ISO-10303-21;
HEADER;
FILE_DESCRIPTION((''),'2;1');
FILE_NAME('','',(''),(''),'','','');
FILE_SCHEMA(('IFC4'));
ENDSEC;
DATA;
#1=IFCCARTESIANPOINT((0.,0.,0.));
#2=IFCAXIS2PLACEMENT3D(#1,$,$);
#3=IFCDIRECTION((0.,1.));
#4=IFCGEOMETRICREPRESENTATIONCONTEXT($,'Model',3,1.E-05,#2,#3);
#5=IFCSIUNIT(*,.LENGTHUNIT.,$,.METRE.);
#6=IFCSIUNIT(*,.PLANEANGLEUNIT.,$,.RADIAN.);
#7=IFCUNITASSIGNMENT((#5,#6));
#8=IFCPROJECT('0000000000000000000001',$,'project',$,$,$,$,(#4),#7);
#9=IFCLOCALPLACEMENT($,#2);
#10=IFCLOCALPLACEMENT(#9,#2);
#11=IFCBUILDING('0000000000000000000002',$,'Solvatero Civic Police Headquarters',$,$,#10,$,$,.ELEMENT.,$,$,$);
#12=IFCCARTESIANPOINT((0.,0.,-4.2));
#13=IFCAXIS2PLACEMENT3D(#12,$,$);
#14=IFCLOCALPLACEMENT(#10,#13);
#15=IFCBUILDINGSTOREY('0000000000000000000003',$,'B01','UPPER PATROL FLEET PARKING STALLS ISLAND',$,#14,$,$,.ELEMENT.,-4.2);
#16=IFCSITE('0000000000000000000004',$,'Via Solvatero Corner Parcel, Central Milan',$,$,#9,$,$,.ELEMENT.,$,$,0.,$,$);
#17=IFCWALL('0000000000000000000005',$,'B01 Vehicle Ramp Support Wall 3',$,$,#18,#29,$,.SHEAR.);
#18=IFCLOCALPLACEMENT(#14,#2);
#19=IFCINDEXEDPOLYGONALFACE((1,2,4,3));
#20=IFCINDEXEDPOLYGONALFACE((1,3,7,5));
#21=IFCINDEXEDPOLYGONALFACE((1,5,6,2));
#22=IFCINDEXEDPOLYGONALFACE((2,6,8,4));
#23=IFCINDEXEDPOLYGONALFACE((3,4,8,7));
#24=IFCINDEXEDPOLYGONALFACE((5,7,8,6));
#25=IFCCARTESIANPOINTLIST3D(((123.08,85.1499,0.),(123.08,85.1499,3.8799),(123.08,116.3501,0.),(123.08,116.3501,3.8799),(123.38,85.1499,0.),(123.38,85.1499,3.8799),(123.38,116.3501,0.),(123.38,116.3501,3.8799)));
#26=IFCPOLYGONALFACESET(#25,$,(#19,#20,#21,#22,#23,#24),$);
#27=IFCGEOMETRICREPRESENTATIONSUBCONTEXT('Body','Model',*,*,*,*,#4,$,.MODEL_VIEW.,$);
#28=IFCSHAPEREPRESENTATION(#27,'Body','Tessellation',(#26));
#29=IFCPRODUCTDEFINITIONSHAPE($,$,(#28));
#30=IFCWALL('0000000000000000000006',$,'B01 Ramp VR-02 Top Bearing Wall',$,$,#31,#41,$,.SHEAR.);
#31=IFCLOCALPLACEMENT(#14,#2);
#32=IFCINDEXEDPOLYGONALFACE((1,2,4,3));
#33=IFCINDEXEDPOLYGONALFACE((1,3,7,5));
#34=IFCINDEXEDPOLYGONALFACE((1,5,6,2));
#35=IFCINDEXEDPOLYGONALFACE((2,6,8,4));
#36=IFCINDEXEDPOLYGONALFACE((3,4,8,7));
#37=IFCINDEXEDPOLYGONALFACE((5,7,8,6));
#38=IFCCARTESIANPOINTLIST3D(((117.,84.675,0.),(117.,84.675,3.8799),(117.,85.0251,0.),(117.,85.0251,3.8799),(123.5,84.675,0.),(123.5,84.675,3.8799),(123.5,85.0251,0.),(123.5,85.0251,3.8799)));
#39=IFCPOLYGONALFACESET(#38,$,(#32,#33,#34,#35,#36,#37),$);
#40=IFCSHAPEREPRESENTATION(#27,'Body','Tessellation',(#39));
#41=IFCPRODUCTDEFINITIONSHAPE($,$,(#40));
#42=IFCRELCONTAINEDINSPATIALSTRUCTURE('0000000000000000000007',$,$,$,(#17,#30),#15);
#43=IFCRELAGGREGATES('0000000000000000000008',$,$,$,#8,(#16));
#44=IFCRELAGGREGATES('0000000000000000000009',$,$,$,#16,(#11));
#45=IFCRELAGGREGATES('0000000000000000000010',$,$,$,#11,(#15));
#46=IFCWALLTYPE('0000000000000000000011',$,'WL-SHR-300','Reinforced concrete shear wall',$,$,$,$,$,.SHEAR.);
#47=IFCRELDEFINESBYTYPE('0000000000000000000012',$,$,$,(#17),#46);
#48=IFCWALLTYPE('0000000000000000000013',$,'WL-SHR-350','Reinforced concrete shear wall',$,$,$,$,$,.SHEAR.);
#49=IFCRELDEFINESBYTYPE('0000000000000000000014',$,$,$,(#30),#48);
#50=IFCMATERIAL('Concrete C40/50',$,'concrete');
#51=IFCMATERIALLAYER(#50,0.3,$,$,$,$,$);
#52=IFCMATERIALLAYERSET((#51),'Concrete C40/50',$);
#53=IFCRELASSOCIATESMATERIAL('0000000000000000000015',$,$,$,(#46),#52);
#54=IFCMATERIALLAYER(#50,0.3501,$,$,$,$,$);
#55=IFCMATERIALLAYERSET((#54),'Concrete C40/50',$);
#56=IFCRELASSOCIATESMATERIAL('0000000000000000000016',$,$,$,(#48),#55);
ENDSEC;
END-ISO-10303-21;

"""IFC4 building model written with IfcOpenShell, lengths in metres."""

from ifc_helpers import new_model, si_unit, direction, frame, frame_2d, origin, place, context, subcontext, project, spatial, rectangle, extrude, material, layer, layer_set, type_object, element, save


model = new_model("IFC4")

# Units and contexts
model_context = context("Model", 3, precision=1e-05, world=origin(), true_north=direction((0.0, 1.0)))
body_context = subcontext(model_context, "Body", "Model", "MODEL_VIEW")
ifc_project = project(units=[si_unit("LENGTHUNIT", "METRE"), si_unit("PLANEANGLEUNIT", "RADIAN")], contexts=[model_context])

# Site, building, storey
site_placement = place(None, origin())
site = spatial("IfcSite", under=ifc_project, at=site_placement, Name="Via Solvatero Corner Parcel, Central Milan", CompositionType="ELEMENT", RefElevation=0.0)
building_placement = place(site_placement, origin())
building = spatial("IfcBuilding", under=site, at=building_placement, Name="Solvatero Civic Police Headquarters", CompositionType="ELEMENT")
storey_placement = place(building_placement, frame((0.0, 0.0, -4.2)))
storey = spatial("IfcBuildingStorey", under=building, at=storey_placement, Name="B01", Description="UPPER PATROL FLEET PARKING STALLS ISLAND", CompositionType="ELEMENT", Elevation=-4.2)

# Shared definitions
ifc_material_1 = material(Name="Concrete C40/50", Category="concrete")

# Walls
ifc_layer_1 = layer(ifc_material_1, 0.3)
ifc_layer_set_1 = layer_set([ifc_layer_1], Name="Concrete C40/50")
wall_type_1 = type_object("IfcWallType", Name="WL-SHR-300", Description="Reinforced concrete shear wall", PredefinedType="SHEAR", material=ifc_layer_set_1)
for number, where, z_axis, x_axis, name in (
    (1, (123.23, 85.1499, 0.0), (0.0, 0.0, 1.0), (0.0, 1.0, 0.0), "B01 Vehicle Ramp Support Wall 3"),
):
    element("IfcWall", number, at=place(storey_placement, frame(where, z_axis=z_axis, x_axis=x_axis)), inside=storey, type_object=wall_type_1, Name=name, PredefinedType="SHEAR", context=body_context, shape_type="SweptSolid", body=[
        extrude(rectangle(XDim=31.2002, YDim=0.3, at=frame_2d((15.6001, 0.0))), origin(), (0.0, 0.0, 1.0), 3.8799),
    ])
ifc_layer_2 = layer(ifc_material_1, 0.3501)
ifc_layer_set_2 = layer_set([ifc_layer_2], Name="Concrete C40/50")
wall_type_2 = type_object("IfcWallType", Name="WL-SHR-350", Description="Reinforced concrete shear wall", PredefinedType="SHEAR", material=ifc_layer_set_2)
wall_1_placement = place(storey_placement, frame((117.0, 84.8501, 0.0), z_axis=(0.0, 0.0, 1.0), x_axis=(1.0, 0.0, 0.0)))
element("IfcWall", 2, at=wall_1_placement, inside=storey, type_object=wall_type_2, Name="B01 Ramp VR-02 Top Bearing Wall", PredefinedType="SHEAR", context=body_context, shape_type="SweptSolid", body=[
    extrude(rectangle(XDim=6.5, YDim=0.3501, at=frame_2d((3.25, 0.0))), origin(), (0.0, 0.0, 1.0), 3.8799),
])

save(model, "model.ifc")
